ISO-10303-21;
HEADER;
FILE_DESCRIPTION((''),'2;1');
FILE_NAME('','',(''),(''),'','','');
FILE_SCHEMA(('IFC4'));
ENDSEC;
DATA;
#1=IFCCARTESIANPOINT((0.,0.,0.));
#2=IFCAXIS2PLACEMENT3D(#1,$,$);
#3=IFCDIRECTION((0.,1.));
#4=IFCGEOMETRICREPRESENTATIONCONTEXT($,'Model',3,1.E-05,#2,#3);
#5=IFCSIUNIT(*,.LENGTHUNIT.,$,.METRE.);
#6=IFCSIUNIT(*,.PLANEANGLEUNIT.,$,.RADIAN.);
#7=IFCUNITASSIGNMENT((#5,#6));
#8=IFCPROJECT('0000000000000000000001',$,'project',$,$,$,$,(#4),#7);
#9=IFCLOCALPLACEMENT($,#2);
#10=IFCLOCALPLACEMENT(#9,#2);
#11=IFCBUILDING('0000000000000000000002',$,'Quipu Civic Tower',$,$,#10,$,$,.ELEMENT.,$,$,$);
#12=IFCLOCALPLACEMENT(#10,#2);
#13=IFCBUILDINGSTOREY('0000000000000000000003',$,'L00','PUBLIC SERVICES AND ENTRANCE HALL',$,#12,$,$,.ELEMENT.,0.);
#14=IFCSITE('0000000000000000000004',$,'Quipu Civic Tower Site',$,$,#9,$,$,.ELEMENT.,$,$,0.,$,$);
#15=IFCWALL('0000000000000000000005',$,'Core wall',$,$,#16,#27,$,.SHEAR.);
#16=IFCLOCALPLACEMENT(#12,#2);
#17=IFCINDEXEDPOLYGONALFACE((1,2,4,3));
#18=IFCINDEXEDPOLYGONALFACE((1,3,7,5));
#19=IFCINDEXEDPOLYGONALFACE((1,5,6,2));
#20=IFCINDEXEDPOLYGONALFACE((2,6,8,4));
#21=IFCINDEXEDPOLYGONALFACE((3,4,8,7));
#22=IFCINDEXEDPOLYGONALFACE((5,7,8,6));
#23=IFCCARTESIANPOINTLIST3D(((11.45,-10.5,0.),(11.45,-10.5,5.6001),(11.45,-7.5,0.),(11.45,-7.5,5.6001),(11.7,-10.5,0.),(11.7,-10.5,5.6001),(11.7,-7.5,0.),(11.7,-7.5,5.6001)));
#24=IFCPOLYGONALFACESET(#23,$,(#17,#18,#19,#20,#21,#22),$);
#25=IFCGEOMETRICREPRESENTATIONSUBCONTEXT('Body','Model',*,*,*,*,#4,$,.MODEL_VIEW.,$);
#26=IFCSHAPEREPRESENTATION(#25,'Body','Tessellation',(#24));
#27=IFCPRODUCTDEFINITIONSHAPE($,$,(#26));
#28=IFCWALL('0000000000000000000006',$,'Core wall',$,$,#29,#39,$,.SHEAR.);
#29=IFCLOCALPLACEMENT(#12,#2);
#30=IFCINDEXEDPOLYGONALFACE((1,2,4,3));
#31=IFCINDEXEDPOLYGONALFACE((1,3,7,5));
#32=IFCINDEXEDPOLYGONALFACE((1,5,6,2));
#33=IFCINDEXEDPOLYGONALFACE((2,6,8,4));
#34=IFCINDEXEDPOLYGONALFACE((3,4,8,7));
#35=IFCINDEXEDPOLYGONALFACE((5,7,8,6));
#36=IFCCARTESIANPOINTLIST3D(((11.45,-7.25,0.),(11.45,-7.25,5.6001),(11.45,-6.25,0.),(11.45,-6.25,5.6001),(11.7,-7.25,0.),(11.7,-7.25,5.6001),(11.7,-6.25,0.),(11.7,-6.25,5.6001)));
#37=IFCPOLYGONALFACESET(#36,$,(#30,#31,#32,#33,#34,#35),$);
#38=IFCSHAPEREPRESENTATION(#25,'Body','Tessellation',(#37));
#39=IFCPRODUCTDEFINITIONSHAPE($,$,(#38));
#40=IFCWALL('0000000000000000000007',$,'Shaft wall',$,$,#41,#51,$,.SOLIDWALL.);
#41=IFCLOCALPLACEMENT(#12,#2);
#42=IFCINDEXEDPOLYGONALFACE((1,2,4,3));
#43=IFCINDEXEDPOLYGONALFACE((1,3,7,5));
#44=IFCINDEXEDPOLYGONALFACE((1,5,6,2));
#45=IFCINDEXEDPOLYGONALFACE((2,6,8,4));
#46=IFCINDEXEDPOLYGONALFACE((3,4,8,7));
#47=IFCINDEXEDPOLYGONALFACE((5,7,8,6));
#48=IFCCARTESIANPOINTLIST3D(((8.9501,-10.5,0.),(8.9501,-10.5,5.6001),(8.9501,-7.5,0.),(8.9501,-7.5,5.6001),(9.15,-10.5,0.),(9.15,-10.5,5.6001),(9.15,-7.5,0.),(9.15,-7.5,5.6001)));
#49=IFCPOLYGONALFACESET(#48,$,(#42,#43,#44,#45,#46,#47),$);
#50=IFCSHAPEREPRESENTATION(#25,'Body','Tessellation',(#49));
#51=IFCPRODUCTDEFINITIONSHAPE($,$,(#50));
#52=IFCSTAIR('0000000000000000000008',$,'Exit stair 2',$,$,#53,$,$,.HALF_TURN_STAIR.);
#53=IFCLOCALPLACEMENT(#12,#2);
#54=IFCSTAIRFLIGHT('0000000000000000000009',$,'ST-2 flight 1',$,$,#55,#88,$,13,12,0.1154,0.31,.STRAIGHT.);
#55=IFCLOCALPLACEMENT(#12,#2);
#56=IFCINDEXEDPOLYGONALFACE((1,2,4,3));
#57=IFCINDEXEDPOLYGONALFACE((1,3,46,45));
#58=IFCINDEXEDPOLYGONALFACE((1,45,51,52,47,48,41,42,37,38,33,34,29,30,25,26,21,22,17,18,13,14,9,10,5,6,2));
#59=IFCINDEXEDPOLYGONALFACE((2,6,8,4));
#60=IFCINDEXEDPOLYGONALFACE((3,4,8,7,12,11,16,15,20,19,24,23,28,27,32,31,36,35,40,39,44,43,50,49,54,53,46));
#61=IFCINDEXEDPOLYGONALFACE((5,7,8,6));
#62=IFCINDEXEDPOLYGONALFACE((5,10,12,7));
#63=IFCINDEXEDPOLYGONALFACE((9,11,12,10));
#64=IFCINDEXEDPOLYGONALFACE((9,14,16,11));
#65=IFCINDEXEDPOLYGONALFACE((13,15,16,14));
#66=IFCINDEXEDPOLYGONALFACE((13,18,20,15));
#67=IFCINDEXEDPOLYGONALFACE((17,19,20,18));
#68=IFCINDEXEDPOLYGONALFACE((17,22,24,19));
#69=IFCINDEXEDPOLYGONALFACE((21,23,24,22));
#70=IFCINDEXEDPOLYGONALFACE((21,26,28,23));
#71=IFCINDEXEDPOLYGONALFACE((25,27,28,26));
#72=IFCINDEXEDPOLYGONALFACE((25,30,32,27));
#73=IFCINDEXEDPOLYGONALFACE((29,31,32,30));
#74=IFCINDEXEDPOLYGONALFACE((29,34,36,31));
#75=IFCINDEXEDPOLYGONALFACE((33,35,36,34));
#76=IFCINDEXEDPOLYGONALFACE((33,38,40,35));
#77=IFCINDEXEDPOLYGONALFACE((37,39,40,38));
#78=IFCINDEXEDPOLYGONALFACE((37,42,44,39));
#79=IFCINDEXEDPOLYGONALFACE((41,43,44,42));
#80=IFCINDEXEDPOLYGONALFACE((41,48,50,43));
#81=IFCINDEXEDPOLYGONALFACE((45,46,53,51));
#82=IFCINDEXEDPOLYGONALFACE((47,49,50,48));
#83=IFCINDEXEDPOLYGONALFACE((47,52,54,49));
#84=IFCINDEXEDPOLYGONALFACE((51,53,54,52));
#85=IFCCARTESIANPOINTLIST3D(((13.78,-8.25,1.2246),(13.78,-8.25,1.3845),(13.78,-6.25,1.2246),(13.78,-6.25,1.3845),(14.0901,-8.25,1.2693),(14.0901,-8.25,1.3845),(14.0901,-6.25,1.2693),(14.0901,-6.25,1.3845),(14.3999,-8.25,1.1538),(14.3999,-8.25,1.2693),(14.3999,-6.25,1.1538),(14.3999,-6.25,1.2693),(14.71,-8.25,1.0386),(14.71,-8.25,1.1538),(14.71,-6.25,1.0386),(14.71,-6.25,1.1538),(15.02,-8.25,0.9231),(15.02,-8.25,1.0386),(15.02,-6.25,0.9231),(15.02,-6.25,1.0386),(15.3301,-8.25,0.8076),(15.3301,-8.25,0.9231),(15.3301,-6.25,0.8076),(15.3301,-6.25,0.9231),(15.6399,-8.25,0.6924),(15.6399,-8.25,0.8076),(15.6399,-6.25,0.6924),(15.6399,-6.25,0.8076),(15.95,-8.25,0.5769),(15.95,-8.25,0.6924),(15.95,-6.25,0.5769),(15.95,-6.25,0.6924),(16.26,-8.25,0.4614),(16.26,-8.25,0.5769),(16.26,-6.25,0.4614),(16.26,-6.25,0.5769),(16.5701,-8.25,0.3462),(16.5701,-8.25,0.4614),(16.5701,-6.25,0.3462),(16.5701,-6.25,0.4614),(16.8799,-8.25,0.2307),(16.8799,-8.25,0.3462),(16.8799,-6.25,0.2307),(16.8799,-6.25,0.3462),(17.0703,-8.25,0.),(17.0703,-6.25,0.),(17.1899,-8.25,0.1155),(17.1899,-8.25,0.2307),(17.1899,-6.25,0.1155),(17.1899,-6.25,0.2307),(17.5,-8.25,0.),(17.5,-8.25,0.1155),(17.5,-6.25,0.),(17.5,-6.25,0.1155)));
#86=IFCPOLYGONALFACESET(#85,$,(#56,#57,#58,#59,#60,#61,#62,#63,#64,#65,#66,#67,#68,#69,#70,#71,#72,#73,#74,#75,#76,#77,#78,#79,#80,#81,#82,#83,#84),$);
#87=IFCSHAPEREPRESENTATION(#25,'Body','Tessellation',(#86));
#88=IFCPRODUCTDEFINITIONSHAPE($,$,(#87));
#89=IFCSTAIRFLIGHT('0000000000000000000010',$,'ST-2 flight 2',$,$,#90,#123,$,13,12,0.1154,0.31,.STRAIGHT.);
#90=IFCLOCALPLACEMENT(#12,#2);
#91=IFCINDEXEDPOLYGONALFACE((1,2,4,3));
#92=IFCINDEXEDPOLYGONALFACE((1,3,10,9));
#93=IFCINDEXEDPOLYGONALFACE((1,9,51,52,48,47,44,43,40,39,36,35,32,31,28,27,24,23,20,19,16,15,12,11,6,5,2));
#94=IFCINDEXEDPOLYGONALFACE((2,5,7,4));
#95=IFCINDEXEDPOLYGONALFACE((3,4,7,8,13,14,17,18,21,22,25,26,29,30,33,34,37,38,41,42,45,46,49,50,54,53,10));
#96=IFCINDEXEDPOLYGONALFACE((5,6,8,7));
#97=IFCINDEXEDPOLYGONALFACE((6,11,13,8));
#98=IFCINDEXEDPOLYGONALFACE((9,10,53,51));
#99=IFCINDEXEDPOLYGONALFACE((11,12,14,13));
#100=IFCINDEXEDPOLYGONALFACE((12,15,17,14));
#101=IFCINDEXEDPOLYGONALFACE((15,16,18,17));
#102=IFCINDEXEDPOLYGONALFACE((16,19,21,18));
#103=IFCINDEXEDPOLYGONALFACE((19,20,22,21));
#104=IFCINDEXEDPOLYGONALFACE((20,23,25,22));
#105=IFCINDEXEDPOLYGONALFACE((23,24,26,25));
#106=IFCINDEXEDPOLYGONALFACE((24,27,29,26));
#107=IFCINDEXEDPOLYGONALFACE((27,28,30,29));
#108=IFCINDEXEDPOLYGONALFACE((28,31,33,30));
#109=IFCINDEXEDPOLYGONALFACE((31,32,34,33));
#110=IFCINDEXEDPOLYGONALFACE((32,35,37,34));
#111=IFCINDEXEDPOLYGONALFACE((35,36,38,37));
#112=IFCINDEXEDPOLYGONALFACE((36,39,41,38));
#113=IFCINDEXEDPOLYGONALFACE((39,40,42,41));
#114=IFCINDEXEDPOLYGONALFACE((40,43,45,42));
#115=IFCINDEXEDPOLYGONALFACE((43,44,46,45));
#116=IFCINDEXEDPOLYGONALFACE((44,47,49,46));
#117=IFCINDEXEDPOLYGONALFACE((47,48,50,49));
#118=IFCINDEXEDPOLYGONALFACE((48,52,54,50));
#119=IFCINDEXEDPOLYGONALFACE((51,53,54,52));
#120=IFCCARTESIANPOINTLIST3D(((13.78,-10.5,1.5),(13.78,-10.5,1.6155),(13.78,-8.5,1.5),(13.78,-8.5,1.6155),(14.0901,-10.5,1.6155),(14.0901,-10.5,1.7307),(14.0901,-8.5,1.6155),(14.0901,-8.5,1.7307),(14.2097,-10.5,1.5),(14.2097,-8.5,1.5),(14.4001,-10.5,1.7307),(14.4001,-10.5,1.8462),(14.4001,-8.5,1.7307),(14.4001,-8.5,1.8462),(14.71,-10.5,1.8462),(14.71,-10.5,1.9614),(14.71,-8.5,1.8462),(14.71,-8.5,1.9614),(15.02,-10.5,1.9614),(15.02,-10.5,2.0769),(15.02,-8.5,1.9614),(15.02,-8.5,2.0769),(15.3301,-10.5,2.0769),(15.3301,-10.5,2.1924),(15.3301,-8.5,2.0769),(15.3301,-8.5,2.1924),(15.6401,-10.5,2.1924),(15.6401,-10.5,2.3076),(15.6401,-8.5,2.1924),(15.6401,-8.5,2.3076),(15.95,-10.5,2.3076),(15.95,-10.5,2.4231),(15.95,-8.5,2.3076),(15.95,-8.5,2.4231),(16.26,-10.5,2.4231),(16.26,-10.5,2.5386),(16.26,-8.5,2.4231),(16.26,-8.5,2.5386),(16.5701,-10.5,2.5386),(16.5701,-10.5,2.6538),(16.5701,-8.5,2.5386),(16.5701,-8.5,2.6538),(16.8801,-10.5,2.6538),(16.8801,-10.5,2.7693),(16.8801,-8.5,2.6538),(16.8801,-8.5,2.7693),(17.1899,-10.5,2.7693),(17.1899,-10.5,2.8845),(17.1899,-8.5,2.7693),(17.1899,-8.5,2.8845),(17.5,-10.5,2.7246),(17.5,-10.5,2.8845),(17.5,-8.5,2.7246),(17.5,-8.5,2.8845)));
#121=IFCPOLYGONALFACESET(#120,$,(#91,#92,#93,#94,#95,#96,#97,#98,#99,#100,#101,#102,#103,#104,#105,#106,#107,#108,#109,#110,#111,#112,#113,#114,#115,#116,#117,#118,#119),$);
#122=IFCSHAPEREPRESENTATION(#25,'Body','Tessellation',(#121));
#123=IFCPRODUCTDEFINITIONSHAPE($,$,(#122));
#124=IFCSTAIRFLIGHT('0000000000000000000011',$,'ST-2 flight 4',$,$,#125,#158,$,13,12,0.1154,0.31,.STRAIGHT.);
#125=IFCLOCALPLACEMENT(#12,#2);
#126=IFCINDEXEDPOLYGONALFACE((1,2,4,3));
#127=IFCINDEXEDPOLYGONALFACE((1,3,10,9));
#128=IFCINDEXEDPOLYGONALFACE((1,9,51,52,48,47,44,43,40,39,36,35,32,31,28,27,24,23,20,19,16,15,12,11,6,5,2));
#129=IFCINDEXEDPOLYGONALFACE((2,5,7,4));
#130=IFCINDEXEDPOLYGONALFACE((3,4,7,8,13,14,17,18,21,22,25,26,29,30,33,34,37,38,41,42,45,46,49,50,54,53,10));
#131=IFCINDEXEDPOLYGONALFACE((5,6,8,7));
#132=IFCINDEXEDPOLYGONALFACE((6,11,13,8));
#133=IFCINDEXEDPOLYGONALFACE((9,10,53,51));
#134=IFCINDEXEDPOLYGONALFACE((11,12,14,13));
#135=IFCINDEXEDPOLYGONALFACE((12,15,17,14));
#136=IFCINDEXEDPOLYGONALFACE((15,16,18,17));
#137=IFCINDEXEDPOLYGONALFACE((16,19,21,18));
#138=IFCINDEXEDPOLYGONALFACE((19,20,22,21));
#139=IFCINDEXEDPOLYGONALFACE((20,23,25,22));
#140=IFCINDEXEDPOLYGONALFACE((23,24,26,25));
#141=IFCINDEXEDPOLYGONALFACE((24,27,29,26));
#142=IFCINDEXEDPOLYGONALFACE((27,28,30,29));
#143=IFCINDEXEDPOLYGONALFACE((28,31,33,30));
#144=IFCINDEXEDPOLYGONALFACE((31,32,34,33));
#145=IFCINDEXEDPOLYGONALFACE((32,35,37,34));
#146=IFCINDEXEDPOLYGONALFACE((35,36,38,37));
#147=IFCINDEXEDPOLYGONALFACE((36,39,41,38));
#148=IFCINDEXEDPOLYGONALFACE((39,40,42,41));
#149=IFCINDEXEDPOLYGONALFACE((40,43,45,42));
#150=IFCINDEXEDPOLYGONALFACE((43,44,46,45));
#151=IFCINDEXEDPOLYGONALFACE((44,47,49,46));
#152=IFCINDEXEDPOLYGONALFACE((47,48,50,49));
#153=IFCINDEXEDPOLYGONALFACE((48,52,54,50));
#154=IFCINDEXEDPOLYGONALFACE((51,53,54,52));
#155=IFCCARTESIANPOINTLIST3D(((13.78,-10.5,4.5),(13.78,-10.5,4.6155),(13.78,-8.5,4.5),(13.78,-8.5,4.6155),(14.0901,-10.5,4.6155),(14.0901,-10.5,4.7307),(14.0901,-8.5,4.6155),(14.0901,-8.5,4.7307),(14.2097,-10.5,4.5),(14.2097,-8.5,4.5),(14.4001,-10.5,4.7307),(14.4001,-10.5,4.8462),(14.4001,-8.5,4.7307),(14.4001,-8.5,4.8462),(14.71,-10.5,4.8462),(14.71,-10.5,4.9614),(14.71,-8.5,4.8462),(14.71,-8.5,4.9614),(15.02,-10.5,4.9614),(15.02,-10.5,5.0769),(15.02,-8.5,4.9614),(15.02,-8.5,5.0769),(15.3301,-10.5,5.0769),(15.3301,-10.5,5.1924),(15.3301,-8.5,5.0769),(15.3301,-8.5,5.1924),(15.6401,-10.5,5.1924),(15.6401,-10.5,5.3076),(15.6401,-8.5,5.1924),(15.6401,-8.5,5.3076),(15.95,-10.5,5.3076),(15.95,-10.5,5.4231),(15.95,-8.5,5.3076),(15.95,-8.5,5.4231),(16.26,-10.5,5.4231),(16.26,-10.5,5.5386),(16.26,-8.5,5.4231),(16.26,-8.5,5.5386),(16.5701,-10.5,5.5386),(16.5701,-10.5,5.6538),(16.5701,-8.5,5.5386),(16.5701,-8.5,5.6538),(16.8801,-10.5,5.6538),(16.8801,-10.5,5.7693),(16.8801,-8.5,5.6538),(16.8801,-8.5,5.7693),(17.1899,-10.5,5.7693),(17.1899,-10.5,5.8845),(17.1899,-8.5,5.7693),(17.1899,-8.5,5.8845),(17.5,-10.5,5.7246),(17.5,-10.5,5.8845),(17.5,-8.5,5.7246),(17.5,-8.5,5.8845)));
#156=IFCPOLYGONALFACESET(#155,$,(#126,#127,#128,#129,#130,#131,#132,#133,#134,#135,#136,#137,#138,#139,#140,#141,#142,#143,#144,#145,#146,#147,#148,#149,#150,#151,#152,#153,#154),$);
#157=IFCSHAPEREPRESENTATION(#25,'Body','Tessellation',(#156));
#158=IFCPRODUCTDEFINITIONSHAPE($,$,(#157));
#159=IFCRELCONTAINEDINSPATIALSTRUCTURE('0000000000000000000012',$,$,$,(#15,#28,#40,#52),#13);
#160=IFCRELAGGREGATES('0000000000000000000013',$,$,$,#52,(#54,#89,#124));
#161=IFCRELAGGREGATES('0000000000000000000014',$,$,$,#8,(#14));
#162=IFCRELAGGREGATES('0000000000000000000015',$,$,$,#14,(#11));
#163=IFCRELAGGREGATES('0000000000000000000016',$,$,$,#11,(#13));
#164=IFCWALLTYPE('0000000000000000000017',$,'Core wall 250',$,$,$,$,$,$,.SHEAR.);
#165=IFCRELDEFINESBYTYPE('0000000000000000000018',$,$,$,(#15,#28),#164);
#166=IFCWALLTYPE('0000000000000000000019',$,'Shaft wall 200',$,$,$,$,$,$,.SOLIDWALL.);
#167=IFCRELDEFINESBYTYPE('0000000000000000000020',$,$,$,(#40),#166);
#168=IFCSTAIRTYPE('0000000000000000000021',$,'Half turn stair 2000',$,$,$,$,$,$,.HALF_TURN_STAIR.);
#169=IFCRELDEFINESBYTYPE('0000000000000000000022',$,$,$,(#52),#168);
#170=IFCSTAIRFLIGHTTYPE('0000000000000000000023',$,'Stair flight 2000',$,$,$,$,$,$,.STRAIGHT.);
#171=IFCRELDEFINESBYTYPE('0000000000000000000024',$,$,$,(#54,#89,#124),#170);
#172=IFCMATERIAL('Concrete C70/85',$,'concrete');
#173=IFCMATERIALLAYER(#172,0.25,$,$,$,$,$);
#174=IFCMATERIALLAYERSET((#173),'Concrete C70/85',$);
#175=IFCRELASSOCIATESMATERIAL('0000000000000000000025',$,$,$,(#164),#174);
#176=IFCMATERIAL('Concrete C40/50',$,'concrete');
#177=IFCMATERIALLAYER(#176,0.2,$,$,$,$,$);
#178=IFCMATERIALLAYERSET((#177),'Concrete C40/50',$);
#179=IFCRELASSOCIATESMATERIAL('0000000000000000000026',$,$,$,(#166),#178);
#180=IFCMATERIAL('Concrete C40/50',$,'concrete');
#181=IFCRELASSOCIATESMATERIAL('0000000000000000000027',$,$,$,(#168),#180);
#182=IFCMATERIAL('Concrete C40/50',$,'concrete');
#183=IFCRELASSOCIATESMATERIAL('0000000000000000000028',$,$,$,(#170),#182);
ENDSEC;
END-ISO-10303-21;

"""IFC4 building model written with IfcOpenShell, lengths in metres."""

from ifc_helpers import new_model, si_unit, direction, frame, frame_2d, origin, place, context, subcontext, project, spatial, polyline, rectangle, outline, extrude, material, layer, layer_set, type_object, element, aggregate, save


model = new_model("IFC4")

# Units and contexts
model_context = context("Model", 3, precision=1e-05, world=origin(), true_north=direction((0.0, 1.0)))
body_context = subcontext(model_context, "Body", "Model", "MODEL_VIEW")
ifc_project = project(units=[si_unit("LENGTHUNIT", "METRE"), si_unit("PLANEANGLEUNIT", "RADIAN")], contexts=[model_context])

# Site, building, storey
site_placement = place(None, origin())
site = spatial("IfcSite", under=ifc_project, at=site_placement, Name="Quipu Civic Tower Site", CompositionType="ELEMENT", RefElevation=0.0)
building_placement = place(site_placement, origin())
building = spatial("IfcBuilding", under=site, at=building_placement, Name="Quipu Civic Tower", CompositionType="ELEMENT")
storey_placement = place(building_placement, origin())
storey = spatial("IfcBuildingStorey", under=building, at=storey_placement, Name="L00", Description="PUBLIC SERVICES AND ENTRANCE HALL", CompositionType="ELEMENT", Elevation=0.0)

# Wall
ifc_material_1 = material(Name="Concrete C70/85", Category="concrete")
ifc_layer_1 = layer(ifc_material_1, 0.25)
ifc_layer_set_1 = layer_set([ifc_layer_1], Name="Concrete C70/85")
wall_type_1 = type_object("IfcWallType", Name="Core wall 250", PredefinedType="SHEAR", material=ifc_layer_set_1)
wall_1_placement = place(storey_placement, frame((11.575, -10.5, 0.0), z_axis=(0.0, 0.0, 1.0), x_axis=(0.0, 1.0, 0.0)))
element("IfcWall", 1, at=wall_1_placement, inside=storey, type_object=wall_type_1, Name="Core wall", PredefinedType="SHEAR", context=body_context, shape_type="SweptSolid", body=[
    extrude(rectangle(XDim=3.0, YDim=0.25, at=frame_2d((1.5, 0.0))), origin(), (0.0, 0.0, 1.0), 5.6001),
])

# Walls
wall_2_placement = place(storey_placement, frame((11.575, -7.25, 0.0), z_axis=(0.0, 0.0, 1.0), x_axis=(0.0, 1.0, 0.0)))
element("IfcWall", 2, at=wall_2_placement, inside=storey, type_object=wall_type_1, Name="Core wall", PredefinedType="SHEAR", context=body_context, shape_type="SweptSolid", body=[
    extrude(rectangle(XDim=1.0, YDim=0.25, at=frame_2d((0.5, 0.0))), origin(), (0.0, 0.0, 1.0), 5.6001),
])
ifc_material_2 = material(Name="Concrete C40/50", Category="concrete")
ifc_layer_2 = layer(ifc_material_2, 0.2)
ifc_layer_set_2 = layer_set([ifc_layer_2], Name="Concrete C40/50")
wall_type_2 = type_object("IfcWallType", Name="Shaft wall 200", PredefinedType="SOLIDWALL", material=ifc_layer_set_2)
wall_3_placement = place(storey_placement, frame((9.05, -10.5, 0.0), z_axis=(0.0, 0.0, 1.0), x_axis=(0.0, 1.0, 0.0)))
element("IfcWall", 3, at=wall_3_placement, inside=storey, type_object=wall_type_2, Name="Shaft wall", PredefinedType="SOLIDWALL", context=body_context, shape_type="SweptSolid", body=[
    extrude(rectangle(XDim=3.0, YDim=0.2, at=frame_2d((1.5, 0.0))), origin(), (0.0, 0.0, 1.0), 5.6001),
])

# Stair, stair flights
ifc_material_3 = material(Name="Concrete C40/50", Category="concrete")
stair_type = type_object("IfcStairType", Name="Half turn stair 2000", PredefinedType="HALF_TURN_STAIR", material=ifc_material_3)
stair_placement = place(storey_placement, origin())
stair = element("IfcStair", 4, at=stair_placement, inside=storey, type_object=stair_type, Name="Exit stair 2", PredefinedType="HALF_TURN_STAIR")
ifc_material_4 = material(Name="Concrete C40/50", Category="concrete")
stair_flight_type = type_object("IfcStairFlightType", Name="Stair flight 2000", PredefinedType="STRAIGHT", material=ifc_material_4)
stair_flight_1_placement = place(storey_placement, frame((17.5, -7.25, 0.0), z_axis=(0.0, 0.0, 1.0), x_axis=(-1.0, 0.0, 0.0)))
stair_flight_1 = element("IfcStairFlight", 5, at=stair_flight_1_placement, type_object=stair_flight_type, Name="ST-2 flight 1", NumberOfRisers=13, NumberOfTreads=12, PredefinedType="STRAIGHT", RiserHeight=0.1154, TreadLength=0.31, context=body_context, shape_type="SweptSolid", body=[
    extrude(outline(polyline([(0.0, 0.0), (0.0, 0.1155), (0.3101, 0.1155), (0.3101, 0.2307), (0.6201, 0.2307), (0.6201, 0.3462), (0.9299, 0.3462), (0.9299, 0.4614), (1.24, 0.4614), (1.24, 0.5769), (1.55, 0.5769), (1.55, 0.6924), (1.8601, 0.6924), (1.8601, 0.8076), (2.1699, 0.8076), (2.1699, 0.9231), (2.48, 0.9231), (2.48, 1.0386), (2.79, 1.0386), (2.79, 1.1538), (3.1001, 1.1538), (3.1001, 1.2693), (3.4099, 1.2693), (3.4099, 1.3845), (3.72, 1.3845), (3.72, 1.5), (3.72, 1.2246), (0.4297, 0.0), (0.0, 0.0)])), frame((0.0, 1.0, 0.0), z_axis=(0.0, -1.0, 0.0), x_axis=(1.0, 0.0, 0.0)), (0.0, 0.0, 1.0), 2.0),
])
stair_flight_2_placement = place(storey_placement, frame((13.78, -9.5, 1.5), z_axis=(0.0, 0.0, 1.0), x_axis=(1.0, 0.0, 0.0)))
stair_flight_2 = element("IfcStairFlight", 6, at=stair_flight_2_placement, type_object=stair_flight_type, Name="ST-2 flight 2", NumberOfRisers=13, NumberOfTreads=12, PredefinedType="STRAIGHT", RiserHeight=0.1154, TreadLength=0.31, context=body_context, shape_type="SweptSolid", body=[
    extrude(outline(polyline([(0.0, 0.0), (0.0, 0.1155), (0.3101, 0.1155), (0.3101, 0.2307), (0.6201, 0.2307), (0.6201, 0.3462), (0.9299, 0.3462), (0.9299, 0.4614), (1.24, 0.4614), (1.24, 0.5769), (1.55, 0.5769), (1.55, 0.6924), (1.8601, 0.6924), (1.8601, 0.8076), (2.1699, 0.8076), (2.1699, 0.9231), (2.48, 0.9231), (2.48, 1.0386), (2.79, 1.0386), (2.79, 1.1538), (3.1001, 1.1538), (3.1001, 1.2693), (3.4099, 1.2693), (3.4099, 1.3845), (3.72, 1.3845), (3.72, 1.5), (3.72, 1.2246), (0.4297, 0.0), (0.0, 0.0)])), frame((0.0, 1.0, 0.0), z_axis=(0.0, -1.0, 0.0), x_axis=(1.0, 0.0, 0.0)), (0.0, 0.0, 1.0), 2.0),
])
stair_flight_3_placement = place(storey_placement, frame((13.78, -9.5, 4.5), z_axis=(0.0, 0.0, 1.0), x_axis=(1.0, 0.0, 0.0)))
stair_flight_3 = element("IfcStairFlight", 7, at=stair_flight_3_placement, type_object=stair_flight_type, Name="ST-2 flight 4", NumberOfRisers=13, NumberOfTreads=12, PredefinedType="STRAIGHT", RiserHeight=0.1154, TreadLength=0.31, context=body_context, shape_type="SweptSolid", body=[
    extrude(outline(polyline([(0.0, 0.0), (0.0, 0.1155), (0.3101, 0.1155), (0.3101, 0.2307), (0.6201, 0.2307), (0.6201, 0.3462), (0.9299, 0.3462), (0.9299, 0.4614), (1.24, 0.4614), (1.24, 0.5769), (1.55, 0.5769), (1.55, 0.6924), (1.8601, 0.6924), (1.8601, 0.8076), (2.1699, 0.8076), (2.1699, 0.9231), (2.48, 0.9231), (2.48, 1.0386), (2.79, 1.0386), (2.79, 1.1538), (3.1001, 1.1538), (3.1001, 1.2693), (3.4099, 1.2693), (3.4099, 1.3845), (3.72, 1.3845), (3.72, 1.5), (3.72, 1.2246), (0.4297, 0.0), (0.0, 0.0)])), frame((0.0, 1.0, 0.0), z_axis=(0.0, -1.0, 0.0), x_axis=(1.0, 0.0, 0.0)), (0.0, 0.0, 1.0), 2.0),
])
aggregate(stair, [stair_flight_1, stair_flight_2, stair_flight_3])

save(model, "model.ifc")
